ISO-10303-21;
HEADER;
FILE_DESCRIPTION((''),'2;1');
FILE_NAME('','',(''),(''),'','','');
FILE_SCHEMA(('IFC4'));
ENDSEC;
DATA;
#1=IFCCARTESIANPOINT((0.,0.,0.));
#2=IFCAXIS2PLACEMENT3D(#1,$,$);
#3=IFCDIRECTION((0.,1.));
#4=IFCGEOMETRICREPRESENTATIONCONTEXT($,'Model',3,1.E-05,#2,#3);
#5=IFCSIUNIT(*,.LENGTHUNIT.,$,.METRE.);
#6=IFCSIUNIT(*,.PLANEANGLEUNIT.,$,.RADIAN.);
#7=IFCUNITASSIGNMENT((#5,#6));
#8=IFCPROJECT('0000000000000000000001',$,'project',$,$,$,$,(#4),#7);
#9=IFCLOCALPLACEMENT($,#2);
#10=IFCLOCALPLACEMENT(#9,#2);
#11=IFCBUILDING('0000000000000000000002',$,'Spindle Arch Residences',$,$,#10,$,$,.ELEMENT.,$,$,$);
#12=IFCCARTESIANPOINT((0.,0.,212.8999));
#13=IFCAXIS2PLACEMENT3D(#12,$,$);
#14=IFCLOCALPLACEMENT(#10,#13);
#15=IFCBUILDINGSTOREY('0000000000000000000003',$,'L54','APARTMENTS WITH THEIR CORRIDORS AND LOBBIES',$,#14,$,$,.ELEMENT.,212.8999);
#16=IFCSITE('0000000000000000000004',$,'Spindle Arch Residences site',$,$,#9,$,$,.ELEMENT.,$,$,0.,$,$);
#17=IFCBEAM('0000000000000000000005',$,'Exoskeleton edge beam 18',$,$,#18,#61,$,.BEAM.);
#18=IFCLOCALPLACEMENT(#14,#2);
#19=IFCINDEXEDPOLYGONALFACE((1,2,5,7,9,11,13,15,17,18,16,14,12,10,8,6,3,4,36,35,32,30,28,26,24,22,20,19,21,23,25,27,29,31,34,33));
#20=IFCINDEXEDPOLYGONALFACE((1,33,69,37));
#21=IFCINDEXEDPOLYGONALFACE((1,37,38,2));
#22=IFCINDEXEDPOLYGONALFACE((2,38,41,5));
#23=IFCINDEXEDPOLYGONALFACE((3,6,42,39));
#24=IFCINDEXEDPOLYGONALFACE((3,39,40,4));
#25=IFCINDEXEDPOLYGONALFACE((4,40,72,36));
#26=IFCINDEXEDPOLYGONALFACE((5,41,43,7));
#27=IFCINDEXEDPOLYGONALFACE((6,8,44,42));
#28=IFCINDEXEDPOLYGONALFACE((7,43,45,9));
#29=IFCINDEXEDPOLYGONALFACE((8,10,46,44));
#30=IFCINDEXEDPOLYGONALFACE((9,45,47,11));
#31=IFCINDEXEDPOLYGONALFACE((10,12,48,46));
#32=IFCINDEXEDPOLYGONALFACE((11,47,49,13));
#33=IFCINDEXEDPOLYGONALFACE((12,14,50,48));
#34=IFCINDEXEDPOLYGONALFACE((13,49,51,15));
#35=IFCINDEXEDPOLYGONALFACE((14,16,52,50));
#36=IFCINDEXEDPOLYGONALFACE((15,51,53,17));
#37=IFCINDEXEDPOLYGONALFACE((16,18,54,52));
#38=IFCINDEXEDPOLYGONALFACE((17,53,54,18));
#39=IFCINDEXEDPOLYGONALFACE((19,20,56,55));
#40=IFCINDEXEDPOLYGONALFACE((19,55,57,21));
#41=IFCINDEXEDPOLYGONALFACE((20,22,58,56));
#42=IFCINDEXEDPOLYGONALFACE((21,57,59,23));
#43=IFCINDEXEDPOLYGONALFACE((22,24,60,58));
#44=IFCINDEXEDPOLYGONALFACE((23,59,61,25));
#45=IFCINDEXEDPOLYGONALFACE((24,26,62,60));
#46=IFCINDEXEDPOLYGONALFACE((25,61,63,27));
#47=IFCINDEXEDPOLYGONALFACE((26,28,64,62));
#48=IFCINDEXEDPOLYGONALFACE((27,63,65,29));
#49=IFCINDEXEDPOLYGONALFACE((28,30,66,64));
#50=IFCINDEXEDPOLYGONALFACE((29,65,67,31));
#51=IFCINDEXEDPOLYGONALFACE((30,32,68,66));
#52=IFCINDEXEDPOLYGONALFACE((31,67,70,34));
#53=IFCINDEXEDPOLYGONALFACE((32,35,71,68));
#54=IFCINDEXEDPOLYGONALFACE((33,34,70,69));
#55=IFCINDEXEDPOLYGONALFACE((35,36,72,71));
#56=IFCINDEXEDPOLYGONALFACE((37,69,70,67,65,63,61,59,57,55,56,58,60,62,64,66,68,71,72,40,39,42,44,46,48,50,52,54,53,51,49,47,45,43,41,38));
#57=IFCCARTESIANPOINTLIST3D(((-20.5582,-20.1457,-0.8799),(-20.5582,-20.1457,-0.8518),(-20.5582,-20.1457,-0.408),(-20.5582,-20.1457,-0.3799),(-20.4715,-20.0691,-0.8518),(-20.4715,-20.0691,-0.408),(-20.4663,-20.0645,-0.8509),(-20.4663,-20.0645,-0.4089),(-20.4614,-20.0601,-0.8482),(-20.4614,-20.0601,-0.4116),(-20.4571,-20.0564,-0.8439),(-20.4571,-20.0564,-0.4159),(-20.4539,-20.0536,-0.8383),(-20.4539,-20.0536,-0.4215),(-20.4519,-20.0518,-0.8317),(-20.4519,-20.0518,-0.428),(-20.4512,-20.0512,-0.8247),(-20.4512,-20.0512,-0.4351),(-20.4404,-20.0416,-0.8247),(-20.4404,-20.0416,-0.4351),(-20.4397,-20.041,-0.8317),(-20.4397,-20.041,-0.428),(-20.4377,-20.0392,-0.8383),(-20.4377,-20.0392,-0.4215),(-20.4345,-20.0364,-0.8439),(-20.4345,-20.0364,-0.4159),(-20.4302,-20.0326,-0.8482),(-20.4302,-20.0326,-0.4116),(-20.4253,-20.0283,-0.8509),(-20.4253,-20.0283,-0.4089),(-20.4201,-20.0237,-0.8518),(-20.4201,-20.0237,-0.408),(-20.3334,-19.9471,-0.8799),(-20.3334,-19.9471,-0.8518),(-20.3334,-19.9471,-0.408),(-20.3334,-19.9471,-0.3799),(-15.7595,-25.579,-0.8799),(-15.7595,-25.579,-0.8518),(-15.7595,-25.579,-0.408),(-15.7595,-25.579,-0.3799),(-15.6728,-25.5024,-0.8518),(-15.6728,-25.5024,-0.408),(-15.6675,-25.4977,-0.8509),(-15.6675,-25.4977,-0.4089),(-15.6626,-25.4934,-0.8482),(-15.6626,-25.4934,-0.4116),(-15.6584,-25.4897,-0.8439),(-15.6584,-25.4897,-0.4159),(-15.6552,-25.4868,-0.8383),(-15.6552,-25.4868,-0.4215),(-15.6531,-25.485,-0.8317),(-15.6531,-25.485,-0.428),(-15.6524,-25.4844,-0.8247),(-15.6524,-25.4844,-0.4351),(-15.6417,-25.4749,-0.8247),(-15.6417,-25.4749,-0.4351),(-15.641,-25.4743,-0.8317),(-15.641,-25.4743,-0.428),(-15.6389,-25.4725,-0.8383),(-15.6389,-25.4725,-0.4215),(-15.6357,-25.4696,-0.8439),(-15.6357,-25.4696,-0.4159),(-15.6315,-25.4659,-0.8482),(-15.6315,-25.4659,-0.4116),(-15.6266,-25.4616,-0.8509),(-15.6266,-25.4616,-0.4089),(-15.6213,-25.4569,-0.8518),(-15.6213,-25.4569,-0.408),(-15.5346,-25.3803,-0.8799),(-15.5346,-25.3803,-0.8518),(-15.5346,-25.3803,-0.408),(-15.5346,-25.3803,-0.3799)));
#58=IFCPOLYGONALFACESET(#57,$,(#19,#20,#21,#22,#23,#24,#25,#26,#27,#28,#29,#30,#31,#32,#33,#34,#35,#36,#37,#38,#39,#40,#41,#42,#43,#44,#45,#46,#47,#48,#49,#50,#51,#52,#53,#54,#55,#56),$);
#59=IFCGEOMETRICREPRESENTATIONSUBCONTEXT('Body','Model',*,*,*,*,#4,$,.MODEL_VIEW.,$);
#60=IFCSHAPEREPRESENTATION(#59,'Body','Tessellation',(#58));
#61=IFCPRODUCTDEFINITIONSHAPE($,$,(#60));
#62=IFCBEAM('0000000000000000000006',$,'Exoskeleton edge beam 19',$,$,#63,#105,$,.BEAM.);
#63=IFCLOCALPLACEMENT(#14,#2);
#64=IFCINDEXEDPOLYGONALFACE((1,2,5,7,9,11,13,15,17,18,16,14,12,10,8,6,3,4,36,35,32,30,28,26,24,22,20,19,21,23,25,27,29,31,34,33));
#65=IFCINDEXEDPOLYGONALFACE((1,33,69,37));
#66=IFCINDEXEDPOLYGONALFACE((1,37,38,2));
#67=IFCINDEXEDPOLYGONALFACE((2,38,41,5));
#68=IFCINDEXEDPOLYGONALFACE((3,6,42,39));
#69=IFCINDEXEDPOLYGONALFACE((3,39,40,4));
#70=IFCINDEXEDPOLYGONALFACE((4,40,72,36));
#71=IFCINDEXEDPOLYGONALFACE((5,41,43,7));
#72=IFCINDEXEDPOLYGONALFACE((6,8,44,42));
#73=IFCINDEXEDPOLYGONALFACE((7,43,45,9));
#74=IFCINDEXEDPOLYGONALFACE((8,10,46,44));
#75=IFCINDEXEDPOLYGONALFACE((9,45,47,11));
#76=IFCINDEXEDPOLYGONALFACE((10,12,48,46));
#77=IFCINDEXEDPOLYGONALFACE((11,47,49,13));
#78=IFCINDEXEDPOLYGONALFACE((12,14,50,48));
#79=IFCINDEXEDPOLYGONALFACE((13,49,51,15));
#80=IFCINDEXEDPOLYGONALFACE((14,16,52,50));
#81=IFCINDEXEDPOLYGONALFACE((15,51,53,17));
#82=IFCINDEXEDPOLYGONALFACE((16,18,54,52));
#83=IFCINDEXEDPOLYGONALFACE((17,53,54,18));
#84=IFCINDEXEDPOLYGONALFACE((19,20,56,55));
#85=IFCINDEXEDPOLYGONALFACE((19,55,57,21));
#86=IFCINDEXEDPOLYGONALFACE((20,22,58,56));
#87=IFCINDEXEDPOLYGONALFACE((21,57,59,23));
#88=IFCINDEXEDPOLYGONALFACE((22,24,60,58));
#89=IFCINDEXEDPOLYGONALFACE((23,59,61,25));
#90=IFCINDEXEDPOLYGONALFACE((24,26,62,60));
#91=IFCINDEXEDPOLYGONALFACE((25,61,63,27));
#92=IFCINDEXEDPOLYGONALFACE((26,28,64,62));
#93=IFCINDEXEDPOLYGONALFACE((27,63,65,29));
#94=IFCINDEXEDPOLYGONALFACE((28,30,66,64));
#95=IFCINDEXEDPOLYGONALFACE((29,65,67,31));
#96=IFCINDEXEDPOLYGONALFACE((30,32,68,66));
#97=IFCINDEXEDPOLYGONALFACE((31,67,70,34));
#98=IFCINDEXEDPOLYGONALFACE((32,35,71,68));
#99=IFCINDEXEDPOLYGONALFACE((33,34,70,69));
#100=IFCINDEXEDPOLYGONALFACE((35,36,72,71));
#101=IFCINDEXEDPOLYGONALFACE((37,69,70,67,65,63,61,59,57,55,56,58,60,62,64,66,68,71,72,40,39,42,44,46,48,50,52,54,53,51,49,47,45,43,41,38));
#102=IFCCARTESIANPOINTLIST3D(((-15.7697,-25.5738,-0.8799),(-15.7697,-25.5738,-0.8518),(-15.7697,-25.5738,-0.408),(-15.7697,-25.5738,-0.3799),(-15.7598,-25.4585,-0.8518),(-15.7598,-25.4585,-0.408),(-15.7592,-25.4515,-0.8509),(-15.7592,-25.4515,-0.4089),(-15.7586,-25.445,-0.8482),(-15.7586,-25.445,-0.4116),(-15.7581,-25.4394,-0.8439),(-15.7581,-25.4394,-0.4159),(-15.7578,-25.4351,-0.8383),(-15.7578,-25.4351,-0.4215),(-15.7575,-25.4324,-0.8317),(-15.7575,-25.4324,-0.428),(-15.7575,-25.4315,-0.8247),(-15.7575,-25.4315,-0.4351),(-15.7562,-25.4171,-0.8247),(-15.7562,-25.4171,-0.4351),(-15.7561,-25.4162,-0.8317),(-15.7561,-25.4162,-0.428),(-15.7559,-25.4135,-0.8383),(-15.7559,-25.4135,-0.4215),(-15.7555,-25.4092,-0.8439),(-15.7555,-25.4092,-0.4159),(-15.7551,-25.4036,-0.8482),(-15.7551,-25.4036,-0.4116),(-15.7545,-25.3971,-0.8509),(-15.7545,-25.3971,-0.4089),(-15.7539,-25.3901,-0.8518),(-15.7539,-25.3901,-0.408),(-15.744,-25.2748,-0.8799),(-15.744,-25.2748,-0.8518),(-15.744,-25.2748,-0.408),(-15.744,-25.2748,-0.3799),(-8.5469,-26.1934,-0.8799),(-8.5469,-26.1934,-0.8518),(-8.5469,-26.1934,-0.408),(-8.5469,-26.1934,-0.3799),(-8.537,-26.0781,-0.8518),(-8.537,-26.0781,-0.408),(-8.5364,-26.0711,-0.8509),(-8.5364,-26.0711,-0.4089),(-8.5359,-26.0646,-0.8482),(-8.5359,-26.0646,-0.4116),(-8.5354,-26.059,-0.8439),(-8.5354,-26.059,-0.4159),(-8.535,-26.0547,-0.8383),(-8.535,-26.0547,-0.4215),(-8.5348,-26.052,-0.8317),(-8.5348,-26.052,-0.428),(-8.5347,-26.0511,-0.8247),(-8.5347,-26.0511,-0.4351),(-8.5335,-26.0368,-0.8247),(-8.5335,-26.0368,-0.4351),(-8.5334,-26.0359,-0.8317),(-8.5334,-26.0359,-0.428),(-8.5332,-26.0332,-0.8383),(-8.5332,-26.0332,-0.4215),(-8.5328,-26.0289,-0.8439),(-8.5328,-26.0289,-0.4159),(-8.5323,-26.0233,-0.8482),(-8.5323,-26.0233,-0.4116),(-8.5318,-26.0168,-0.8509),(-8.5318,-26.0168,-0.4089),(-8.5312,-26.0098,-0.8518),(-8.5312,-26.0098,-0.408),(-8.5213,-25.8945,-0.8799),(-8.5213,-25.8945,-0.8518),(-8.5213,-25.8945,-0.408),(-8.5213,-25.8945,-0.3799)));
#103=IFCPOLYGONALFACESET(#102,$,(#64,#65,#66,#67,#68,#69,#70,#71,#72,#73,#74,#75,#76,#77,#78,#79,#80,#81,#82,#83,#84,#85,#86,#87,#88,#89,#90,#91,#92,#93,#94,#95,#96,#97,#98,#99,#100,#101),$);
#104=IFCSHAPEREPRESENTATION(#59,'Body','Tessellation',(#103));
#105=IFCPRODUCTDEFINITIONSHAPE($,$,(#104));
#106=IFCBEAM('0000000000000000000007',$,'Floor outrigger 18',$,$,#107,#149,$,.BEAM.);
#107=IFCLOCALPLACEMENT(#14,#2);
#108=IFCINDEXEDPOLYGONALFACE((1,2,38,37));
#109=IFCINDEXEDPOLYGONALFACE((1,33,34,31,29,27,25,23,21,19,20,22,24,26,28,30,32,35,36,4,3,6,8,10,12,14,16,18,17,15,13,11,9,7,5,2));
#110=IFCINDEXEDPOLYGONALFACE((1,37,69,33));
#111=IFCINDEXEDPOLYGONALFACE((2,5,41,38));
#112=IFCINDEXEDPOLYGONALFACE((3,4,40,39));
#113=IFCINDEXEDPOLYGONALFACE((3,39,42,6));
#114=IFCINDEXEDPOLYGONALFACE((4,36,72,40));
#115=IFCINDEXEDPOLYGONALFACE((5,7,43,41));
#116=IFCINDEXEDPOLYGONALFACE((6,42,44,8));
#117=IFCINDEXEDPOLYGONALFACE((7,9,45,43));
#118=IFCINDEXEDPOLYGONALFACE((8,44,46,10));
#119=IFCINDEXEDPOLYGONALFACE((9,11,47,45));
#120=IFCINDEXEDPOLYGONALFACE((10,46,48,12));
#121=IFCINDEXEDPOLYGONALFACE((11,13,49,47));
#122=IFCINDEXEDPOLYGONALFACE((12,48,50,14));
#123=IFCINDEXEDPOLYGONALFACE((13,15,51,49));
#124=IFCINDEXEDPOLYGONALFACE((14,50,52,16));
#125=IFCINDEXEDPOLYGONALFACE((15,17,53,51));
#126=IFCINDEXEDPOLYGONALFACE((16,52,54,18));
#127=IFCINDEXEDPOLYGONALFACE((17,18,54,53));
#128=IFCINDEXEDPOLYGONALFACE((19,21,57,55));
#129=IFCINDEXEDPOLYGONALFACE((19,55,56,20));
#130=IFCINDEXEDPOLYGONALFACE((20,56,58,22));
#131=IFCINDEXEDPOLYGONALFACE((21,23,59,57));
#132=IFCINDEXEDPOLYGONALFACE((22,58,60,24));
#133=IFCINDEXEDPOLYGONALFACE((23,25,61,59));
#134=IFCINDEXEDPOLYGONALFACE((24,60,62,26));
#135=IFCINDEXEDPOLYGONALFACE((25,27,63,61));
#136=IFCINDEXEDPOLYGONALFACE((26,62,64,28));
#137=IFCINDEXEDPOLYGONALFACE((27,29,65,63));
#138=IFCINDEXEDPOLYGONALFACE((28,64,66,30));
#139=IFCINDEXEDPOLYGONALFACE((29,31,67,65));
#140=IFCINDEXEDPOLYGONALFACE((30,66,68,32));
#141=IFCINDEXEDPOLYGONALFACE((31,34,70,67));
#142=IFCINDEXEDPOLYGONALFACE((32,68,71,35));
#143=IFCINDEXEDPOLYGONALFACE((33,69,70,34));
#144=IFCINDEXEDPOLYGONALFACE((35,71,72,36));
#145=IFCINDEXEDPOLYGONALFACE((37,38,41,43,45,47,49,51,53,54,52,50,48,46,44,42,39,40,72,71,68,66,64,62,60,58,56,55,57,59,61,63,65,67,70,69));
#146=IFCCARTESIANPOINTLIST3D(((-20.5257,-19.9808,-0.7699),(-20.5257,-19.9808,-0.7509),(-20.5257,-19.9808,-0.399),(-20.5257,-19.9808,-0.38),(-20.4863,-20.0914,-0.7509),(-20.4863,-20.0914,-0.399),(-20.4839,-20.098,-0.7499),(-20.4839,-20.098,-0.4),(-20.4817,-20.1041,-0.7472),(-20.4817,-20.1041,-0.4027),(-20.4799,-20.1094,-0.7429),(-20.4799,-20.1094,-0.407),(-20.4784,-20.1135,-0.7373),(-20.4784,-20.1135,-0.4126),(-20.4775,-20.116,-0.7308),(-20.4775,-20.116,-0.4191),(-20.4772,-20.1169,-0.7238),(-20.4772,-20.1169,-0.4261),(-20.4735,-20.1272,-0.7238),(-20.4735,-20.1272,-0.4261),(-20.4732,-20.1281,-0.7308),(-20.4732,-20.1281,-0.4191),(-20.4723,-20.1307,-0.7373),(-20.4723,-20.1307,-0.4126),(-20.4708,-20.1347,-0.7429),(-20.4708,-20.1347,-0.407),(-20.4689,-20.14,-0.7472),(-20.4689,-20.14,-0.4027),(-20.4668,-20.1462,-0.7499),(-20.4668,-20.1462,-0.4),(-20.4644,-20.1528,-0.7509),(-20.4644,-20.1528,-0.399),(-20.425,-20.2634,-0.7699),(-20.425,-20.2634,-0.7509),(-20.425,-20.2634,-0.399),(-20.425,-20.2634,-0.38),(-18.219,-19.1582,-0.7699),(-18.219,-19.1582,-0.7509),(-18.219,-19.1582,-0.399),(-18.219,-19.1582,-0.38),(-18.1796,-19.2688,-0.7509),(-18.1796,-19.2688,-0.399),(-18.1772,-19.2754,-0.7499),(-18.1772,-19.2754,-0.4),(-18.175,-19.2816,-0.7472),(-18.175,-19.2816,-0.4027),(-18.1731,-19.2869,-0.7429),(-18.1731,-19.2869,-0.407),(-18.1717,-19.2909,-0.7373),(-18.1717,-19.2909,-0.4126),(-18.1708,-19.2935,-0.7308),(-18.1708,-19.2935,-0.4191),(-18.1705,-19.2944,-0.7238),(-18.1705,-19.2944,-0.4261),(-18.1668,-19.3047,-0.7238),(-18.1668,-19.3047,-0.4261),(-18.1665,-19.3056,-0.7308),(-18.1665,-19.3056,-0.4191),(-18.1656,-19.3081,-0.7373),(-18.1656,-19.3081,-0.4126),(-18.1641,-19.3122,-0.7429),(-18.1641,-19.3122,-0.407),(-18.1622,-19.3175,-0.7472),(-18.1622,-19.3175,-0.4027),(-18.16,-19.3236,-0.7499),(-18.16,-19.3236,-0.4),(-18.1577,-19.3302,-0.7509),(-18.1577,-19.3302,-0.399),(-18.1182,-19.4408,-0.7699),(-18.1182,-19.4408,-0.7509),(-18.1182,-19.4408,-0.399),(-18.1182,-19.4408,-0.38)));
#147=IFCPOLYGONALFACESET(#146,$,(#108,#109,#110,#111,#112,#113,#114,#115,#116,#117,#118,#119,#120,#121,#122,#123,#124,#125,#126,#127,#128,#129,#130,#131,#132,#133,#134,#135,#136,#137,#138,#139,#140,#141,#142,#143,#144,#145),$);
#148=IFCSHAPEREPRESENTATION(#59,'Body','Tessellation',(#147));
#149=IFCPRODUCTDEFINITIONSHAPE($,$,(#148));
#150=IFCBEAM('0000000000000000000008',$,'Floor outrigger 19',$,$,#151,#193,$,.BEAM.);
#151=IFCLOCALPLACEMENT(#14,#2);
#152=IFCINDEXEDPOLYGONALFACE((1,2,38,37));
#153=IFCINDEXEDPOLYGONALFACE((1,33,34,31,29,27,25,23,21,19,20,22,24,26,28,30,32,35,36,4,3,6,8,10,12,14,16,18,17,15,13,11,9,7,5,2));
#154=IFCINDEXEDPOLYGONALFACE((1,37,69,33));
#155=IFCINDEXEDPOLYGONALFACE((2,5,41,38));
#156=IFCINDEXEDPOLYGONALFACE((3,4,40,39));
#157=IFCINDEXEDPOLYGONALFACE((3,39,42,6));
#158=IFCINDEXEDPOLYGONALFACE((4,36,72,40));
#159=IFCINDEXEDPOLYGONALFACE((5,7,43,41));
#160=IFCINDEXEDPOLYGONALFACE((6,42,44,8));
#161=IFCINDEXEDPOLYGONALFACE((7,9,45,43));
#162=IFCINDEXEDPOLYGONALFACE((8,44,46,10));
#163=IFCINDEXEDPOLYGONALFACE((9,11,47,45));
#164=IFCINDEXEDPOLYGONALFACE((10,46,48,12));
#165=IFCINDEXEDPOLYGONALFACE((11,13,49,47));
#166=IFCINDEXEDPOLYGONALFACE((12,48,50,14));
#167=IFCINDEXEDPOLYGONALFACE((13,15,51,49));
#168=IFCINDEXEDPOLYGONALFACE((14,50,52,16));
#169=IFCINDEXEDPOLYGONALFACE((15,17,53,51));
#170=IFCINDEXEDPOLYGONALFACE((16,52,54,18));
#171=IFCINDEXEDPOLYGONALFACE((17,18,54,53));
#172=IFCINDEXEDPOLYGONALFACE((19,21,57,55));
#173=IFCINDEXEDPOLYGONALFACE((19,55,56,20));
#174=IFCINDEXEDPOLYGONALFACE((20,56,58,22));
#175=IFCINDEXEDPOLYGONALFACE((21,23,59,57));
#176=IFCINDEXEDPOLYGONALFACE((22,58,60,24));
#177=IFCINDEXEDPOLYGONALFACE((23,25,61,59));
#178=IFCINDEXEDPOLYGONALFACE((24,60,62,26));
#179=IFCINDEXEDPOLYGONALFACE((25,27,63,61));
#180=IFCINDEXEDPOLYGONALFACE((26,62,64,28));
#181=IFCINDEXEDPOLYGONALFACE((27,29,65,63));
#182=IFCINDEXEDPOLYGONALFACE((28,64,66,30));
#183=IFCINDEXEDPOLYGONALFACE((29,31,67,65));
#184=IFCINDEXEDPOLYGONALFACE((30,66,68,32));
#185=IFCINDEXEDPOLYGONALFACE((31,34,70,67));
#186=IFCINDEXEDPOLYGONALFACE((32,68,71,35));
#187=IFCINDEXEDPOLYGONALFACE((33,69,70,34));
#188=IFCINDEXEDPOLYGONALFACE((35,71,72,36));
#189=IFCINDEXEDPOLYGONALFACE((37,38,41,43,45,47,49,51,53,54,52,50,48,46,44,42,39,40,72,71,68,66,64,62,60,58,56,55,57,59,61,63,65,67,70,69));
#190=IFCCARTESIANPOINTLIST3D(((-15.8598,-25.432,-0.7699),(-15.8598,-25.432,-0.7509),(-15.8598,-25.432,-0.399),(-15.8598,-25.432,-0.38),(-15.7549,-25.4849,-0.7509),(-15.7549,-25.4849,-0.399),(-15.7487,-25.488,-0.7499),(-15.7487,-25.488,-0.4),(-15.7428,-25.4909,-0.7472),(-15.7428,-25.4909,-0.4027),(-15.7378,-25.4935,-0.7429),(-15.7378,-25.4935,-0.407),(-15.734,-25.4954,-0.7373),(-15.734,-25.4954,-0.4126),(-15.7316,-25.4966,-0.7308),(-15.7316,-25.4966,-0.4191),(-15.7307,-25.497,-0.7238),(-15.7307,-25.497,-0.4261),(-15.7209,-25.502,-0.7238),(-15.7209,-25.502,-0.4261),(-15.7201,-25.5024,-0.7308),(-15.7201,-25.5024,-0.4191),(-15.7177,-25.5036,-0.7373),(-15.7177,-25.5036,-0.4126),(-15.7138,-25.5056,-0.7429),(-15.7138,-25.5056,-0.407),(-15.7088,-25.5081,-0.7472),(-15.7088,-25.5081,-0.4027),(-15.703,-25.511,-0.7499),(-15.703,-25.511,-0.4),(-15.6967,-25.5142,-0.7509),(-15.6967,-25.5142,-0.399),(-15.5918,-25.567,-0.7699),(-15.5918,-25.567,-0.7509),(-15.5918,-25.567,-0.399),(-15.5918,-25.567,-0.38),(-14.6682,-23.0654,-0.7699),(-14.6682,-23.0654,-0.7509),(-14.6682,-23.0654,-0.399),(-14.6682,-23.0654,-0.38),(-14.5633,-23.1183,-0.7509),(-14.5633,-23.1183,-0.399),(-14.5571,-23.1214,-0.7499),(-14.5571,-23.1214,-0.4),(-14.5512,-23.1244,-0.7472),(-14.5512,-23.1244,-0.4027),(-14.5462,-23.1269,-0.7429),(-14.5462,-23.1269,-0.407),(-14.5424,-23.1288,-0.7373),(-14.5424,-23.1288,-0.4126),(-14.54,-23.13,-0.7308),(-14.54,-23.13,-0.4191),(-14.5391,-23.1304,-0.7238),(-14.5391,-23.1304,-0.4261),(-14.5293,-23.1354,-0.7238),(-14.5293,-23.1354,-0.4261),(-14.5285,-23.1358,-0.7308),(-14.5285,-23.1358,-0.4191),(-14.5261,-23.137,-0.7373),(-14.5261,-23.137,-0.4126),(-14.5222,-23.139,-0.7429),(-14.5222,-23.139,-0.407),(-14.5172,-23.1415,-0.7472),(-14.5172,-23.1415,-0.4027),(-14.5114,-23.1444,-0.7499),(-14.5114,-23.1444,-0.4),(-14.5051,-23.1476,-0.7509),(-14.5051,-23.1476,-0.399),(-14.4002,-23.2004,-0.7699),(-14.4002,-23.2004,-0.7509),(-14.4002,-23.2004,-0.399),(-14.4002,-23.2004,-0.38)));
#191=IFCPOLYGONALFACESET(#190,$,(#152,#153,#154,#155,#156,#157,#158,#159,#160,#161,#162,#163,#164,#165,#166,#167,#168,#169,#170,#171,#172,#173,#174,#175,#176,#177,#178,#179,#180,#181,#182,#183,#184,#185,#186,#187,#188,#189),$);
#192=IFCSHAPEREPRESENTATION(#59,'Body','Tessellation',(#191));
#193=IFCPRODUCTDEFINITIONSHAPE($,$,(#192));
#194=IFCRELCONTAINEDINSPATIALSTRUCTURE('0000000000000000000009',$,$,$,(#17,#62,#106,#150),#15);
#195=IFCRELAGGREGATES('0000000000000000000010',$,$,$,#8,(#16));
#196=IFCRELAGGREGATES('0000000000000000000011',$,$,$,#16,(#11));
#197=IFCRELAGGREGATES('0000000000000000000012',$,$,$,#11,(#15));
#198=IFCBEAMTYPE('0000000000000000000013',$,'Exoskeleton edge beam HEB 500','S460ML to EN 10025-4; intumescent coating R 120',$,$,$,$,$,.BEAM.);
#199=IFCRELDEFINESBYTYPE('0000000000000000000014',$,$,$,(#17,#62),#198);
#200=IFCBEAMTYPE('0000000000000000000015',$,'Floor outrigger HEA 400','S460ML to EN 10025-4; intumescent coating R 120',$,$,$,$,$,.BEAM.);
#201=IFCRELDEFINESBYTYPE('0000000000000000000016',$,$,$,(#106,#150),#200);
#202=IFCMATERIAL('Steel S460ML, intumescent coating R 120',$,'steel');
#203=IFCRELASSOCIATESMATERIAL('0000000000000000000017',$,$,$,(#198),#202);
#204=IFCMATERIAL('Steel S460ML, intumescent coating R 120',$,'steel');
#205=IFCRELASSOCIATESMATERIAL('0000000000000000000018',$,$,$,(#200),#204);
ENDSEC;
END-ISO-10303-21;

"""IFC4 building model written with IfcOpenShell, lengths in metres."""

from ifc_helpers import new_model, si_unit, direction, frame, origin, origin_2d, place, context, subcontext, project, spatial, i_section, extrude, material, material_profile, profile_set, type_object, element, save


model = new_model("IFC4")

# Units and contexts
model_context = context("Model", 3, precision=1e-05, world=origin(), true_north=direction((0.0, 1.0)))
body_context = subcontext(model_context, "Body", "Model", "MODEL_VIEW")
ifc_project = project(units=[si_unit("LENGTHUNIT", "METRE"), si_unit("PLANEANGLEUNIT", "RADIAN")], contexts=[model_context])

# Site, building, storey
site_placement = place(None, origin())
site = spatial("IfcSite", under=ifc_project, at=site_placement, Name="Spindle Arch Residences site", CompositionType="ELEMENT", RefElevation=0.0)
building_placement = place(site_placement, origin())
building = spatial("IfcBuilding", under=site, at=building_placement, Name="Spindle Arch Residences", CompositionType="ELEMENT")
storey_placement = place(building_placement, frame((0.0, 0.0, 212.8999)))
storey = spatial("IfcBuildingStorey", under=building, at=storey_placement, Name="L54", Description="APARTMENTS WITH THEIR CORRIDORS AND LOBBIES", CompositionType="ELEMENT", Elevation=212.8999)

# Beams
ifc_material_1 = material(Name="Steel S460ML, intumescent coating R 120", Category="steel")
ifc_material_profile_1 = material_profile(ifc_material_1, i_section(OverallWidth=0.3, OverallDepth=0.5, WebThickness=0.0144, FlangeThickness=0.0281, FilletRadius=0.0271, at=origin_2d()), Name="HEB 500")
ifc_profile_set_1 = profile_set([ifc_material_profile_1], Name="Steel S460ML, intumescent coating R 120")
beam_type_1 = type_object("IfcBeamType", Name="Exoskeleton edge beam HEB 500", Description="S460ML to EN 10025-4; intumescent coating R 120", PredefinedType="BEAM", material=ifc_profile_set_1)
beam_1_placement = place(storey_placement, frame((-20.4458, -20.0464, -0.6299), z_axis=(0.661986, -0.749516, 0.0), x_axis=(0.749516, 0.661986, 0.0)))
element("IfcBeam", 1, at=beam_1_placement, inside=storey, type_object=beam_type_1, Name="Exoskeleton edge beam 18", PredefinedType="BEAM", context=body_context, shape_type="SweptSolid", body=[
    extrude(i_section(OverallWidth=0.3, OverallDepth=0.5, WebThickness=0.0144, FlangeThickness=0.0281, FilletRadius=0.0271, at=origin_2d()), origin(), (0.0, 0.0, 1.0), 7.249),
])
beam_2_placement = place(storey_placement, frame((-15.7568, -25.4243, -0.6299), z_axis=(0.99634, -0.085476, 0.0), x_axis=(0.085476, 0.99634, 0.0)))
element("IfcBeam", 2, at=beam_2_placement, inside=storey, type_object=beam_type_1, Name="Exoskeleton edge beam 19", PredefinedType="BEAM", context=body_context, shape_type="SweptSolid", body=[
    extrude(i_section(OverallWidth=0.3, OverallDepth=0.5, WebThickness=0.0144, FlangeThickness=0.0281, FilletRadius=0.0271, at=origin_2d()), origin(), (0.0, 0.0, 1.0), 7.2493),
])
ifc_material_2 = material(Name="Steel S460ML, intumescent coating R 120", Category="steel")
ifc_material_profile_2 = material_profile(ifc_material_2, i_section(OverallWidth=0.3, OverallDepth=0.3899, WebThickness=0.011, FlangeThickness=0.019, FilletRadius=0.0271, at=origin_2d()), Name="HEA 400")
ifc_profile_set_2 = profile_set([ifc_material_profile_2], Name="Steel S460ML, intumescent coating R 120")
beam_type_2 = type_object("IfcBeamType", Name="Floor outrigger HEA 400", Description="S460ML to EN 10025-4; intumescent coating R 120", PredefinedType="BEAM", material=ifc_profile_set_2)
beam_3_placement = place(storey_placement, frame((-20.4753, -20.1221, -0.575), z_axis=(0.941909, 0.335869, 0.0), x_axis=(-0.335869, 0.941909, 0.0)))
element("IfcBeam", 3, at=beam_3_placement, inside=storey, type_object=beam_type_2, Name="Floor outrigger 18", PredefinedType="BEAM", context=body_context, shape_type="SweptSolid", body=[
    extrude(i_section(OverallWidth=0.3, OverallDepth=0.3899, WebThickness=0.011, FlangeThickness=0.019, FilletRadius=0.0271, at=origin_2d()), origin(), (0.0, 0.0, 1.0), 2.449),
])
beam_4_placement = place(storey_placement, frame((-15.7258, -25.4995, -0.575), z_axis=(0.449718, 0.893171, 0.0), x_axis=(-0.893171, 0.449718, 0.0)))
element("IfcBeam", 4, at=beam_4_placement, inside=storey, type_object=beam_type_2, Name="Floor outrigger 19", PredefinedType="BEAM", context=body_context, shape_type="SweptSolid", body=[
    extrude(i_section(OverallWidth=0.3, OverallDepth=0.3899, WebThickness=0.011, FlangeThickness=0.019, FilletRadius=0.0271, at=origin_2d()), origin(), (0.0, 0.0, 1.0), 2.6497),
])

save(model, "model.ifc")
